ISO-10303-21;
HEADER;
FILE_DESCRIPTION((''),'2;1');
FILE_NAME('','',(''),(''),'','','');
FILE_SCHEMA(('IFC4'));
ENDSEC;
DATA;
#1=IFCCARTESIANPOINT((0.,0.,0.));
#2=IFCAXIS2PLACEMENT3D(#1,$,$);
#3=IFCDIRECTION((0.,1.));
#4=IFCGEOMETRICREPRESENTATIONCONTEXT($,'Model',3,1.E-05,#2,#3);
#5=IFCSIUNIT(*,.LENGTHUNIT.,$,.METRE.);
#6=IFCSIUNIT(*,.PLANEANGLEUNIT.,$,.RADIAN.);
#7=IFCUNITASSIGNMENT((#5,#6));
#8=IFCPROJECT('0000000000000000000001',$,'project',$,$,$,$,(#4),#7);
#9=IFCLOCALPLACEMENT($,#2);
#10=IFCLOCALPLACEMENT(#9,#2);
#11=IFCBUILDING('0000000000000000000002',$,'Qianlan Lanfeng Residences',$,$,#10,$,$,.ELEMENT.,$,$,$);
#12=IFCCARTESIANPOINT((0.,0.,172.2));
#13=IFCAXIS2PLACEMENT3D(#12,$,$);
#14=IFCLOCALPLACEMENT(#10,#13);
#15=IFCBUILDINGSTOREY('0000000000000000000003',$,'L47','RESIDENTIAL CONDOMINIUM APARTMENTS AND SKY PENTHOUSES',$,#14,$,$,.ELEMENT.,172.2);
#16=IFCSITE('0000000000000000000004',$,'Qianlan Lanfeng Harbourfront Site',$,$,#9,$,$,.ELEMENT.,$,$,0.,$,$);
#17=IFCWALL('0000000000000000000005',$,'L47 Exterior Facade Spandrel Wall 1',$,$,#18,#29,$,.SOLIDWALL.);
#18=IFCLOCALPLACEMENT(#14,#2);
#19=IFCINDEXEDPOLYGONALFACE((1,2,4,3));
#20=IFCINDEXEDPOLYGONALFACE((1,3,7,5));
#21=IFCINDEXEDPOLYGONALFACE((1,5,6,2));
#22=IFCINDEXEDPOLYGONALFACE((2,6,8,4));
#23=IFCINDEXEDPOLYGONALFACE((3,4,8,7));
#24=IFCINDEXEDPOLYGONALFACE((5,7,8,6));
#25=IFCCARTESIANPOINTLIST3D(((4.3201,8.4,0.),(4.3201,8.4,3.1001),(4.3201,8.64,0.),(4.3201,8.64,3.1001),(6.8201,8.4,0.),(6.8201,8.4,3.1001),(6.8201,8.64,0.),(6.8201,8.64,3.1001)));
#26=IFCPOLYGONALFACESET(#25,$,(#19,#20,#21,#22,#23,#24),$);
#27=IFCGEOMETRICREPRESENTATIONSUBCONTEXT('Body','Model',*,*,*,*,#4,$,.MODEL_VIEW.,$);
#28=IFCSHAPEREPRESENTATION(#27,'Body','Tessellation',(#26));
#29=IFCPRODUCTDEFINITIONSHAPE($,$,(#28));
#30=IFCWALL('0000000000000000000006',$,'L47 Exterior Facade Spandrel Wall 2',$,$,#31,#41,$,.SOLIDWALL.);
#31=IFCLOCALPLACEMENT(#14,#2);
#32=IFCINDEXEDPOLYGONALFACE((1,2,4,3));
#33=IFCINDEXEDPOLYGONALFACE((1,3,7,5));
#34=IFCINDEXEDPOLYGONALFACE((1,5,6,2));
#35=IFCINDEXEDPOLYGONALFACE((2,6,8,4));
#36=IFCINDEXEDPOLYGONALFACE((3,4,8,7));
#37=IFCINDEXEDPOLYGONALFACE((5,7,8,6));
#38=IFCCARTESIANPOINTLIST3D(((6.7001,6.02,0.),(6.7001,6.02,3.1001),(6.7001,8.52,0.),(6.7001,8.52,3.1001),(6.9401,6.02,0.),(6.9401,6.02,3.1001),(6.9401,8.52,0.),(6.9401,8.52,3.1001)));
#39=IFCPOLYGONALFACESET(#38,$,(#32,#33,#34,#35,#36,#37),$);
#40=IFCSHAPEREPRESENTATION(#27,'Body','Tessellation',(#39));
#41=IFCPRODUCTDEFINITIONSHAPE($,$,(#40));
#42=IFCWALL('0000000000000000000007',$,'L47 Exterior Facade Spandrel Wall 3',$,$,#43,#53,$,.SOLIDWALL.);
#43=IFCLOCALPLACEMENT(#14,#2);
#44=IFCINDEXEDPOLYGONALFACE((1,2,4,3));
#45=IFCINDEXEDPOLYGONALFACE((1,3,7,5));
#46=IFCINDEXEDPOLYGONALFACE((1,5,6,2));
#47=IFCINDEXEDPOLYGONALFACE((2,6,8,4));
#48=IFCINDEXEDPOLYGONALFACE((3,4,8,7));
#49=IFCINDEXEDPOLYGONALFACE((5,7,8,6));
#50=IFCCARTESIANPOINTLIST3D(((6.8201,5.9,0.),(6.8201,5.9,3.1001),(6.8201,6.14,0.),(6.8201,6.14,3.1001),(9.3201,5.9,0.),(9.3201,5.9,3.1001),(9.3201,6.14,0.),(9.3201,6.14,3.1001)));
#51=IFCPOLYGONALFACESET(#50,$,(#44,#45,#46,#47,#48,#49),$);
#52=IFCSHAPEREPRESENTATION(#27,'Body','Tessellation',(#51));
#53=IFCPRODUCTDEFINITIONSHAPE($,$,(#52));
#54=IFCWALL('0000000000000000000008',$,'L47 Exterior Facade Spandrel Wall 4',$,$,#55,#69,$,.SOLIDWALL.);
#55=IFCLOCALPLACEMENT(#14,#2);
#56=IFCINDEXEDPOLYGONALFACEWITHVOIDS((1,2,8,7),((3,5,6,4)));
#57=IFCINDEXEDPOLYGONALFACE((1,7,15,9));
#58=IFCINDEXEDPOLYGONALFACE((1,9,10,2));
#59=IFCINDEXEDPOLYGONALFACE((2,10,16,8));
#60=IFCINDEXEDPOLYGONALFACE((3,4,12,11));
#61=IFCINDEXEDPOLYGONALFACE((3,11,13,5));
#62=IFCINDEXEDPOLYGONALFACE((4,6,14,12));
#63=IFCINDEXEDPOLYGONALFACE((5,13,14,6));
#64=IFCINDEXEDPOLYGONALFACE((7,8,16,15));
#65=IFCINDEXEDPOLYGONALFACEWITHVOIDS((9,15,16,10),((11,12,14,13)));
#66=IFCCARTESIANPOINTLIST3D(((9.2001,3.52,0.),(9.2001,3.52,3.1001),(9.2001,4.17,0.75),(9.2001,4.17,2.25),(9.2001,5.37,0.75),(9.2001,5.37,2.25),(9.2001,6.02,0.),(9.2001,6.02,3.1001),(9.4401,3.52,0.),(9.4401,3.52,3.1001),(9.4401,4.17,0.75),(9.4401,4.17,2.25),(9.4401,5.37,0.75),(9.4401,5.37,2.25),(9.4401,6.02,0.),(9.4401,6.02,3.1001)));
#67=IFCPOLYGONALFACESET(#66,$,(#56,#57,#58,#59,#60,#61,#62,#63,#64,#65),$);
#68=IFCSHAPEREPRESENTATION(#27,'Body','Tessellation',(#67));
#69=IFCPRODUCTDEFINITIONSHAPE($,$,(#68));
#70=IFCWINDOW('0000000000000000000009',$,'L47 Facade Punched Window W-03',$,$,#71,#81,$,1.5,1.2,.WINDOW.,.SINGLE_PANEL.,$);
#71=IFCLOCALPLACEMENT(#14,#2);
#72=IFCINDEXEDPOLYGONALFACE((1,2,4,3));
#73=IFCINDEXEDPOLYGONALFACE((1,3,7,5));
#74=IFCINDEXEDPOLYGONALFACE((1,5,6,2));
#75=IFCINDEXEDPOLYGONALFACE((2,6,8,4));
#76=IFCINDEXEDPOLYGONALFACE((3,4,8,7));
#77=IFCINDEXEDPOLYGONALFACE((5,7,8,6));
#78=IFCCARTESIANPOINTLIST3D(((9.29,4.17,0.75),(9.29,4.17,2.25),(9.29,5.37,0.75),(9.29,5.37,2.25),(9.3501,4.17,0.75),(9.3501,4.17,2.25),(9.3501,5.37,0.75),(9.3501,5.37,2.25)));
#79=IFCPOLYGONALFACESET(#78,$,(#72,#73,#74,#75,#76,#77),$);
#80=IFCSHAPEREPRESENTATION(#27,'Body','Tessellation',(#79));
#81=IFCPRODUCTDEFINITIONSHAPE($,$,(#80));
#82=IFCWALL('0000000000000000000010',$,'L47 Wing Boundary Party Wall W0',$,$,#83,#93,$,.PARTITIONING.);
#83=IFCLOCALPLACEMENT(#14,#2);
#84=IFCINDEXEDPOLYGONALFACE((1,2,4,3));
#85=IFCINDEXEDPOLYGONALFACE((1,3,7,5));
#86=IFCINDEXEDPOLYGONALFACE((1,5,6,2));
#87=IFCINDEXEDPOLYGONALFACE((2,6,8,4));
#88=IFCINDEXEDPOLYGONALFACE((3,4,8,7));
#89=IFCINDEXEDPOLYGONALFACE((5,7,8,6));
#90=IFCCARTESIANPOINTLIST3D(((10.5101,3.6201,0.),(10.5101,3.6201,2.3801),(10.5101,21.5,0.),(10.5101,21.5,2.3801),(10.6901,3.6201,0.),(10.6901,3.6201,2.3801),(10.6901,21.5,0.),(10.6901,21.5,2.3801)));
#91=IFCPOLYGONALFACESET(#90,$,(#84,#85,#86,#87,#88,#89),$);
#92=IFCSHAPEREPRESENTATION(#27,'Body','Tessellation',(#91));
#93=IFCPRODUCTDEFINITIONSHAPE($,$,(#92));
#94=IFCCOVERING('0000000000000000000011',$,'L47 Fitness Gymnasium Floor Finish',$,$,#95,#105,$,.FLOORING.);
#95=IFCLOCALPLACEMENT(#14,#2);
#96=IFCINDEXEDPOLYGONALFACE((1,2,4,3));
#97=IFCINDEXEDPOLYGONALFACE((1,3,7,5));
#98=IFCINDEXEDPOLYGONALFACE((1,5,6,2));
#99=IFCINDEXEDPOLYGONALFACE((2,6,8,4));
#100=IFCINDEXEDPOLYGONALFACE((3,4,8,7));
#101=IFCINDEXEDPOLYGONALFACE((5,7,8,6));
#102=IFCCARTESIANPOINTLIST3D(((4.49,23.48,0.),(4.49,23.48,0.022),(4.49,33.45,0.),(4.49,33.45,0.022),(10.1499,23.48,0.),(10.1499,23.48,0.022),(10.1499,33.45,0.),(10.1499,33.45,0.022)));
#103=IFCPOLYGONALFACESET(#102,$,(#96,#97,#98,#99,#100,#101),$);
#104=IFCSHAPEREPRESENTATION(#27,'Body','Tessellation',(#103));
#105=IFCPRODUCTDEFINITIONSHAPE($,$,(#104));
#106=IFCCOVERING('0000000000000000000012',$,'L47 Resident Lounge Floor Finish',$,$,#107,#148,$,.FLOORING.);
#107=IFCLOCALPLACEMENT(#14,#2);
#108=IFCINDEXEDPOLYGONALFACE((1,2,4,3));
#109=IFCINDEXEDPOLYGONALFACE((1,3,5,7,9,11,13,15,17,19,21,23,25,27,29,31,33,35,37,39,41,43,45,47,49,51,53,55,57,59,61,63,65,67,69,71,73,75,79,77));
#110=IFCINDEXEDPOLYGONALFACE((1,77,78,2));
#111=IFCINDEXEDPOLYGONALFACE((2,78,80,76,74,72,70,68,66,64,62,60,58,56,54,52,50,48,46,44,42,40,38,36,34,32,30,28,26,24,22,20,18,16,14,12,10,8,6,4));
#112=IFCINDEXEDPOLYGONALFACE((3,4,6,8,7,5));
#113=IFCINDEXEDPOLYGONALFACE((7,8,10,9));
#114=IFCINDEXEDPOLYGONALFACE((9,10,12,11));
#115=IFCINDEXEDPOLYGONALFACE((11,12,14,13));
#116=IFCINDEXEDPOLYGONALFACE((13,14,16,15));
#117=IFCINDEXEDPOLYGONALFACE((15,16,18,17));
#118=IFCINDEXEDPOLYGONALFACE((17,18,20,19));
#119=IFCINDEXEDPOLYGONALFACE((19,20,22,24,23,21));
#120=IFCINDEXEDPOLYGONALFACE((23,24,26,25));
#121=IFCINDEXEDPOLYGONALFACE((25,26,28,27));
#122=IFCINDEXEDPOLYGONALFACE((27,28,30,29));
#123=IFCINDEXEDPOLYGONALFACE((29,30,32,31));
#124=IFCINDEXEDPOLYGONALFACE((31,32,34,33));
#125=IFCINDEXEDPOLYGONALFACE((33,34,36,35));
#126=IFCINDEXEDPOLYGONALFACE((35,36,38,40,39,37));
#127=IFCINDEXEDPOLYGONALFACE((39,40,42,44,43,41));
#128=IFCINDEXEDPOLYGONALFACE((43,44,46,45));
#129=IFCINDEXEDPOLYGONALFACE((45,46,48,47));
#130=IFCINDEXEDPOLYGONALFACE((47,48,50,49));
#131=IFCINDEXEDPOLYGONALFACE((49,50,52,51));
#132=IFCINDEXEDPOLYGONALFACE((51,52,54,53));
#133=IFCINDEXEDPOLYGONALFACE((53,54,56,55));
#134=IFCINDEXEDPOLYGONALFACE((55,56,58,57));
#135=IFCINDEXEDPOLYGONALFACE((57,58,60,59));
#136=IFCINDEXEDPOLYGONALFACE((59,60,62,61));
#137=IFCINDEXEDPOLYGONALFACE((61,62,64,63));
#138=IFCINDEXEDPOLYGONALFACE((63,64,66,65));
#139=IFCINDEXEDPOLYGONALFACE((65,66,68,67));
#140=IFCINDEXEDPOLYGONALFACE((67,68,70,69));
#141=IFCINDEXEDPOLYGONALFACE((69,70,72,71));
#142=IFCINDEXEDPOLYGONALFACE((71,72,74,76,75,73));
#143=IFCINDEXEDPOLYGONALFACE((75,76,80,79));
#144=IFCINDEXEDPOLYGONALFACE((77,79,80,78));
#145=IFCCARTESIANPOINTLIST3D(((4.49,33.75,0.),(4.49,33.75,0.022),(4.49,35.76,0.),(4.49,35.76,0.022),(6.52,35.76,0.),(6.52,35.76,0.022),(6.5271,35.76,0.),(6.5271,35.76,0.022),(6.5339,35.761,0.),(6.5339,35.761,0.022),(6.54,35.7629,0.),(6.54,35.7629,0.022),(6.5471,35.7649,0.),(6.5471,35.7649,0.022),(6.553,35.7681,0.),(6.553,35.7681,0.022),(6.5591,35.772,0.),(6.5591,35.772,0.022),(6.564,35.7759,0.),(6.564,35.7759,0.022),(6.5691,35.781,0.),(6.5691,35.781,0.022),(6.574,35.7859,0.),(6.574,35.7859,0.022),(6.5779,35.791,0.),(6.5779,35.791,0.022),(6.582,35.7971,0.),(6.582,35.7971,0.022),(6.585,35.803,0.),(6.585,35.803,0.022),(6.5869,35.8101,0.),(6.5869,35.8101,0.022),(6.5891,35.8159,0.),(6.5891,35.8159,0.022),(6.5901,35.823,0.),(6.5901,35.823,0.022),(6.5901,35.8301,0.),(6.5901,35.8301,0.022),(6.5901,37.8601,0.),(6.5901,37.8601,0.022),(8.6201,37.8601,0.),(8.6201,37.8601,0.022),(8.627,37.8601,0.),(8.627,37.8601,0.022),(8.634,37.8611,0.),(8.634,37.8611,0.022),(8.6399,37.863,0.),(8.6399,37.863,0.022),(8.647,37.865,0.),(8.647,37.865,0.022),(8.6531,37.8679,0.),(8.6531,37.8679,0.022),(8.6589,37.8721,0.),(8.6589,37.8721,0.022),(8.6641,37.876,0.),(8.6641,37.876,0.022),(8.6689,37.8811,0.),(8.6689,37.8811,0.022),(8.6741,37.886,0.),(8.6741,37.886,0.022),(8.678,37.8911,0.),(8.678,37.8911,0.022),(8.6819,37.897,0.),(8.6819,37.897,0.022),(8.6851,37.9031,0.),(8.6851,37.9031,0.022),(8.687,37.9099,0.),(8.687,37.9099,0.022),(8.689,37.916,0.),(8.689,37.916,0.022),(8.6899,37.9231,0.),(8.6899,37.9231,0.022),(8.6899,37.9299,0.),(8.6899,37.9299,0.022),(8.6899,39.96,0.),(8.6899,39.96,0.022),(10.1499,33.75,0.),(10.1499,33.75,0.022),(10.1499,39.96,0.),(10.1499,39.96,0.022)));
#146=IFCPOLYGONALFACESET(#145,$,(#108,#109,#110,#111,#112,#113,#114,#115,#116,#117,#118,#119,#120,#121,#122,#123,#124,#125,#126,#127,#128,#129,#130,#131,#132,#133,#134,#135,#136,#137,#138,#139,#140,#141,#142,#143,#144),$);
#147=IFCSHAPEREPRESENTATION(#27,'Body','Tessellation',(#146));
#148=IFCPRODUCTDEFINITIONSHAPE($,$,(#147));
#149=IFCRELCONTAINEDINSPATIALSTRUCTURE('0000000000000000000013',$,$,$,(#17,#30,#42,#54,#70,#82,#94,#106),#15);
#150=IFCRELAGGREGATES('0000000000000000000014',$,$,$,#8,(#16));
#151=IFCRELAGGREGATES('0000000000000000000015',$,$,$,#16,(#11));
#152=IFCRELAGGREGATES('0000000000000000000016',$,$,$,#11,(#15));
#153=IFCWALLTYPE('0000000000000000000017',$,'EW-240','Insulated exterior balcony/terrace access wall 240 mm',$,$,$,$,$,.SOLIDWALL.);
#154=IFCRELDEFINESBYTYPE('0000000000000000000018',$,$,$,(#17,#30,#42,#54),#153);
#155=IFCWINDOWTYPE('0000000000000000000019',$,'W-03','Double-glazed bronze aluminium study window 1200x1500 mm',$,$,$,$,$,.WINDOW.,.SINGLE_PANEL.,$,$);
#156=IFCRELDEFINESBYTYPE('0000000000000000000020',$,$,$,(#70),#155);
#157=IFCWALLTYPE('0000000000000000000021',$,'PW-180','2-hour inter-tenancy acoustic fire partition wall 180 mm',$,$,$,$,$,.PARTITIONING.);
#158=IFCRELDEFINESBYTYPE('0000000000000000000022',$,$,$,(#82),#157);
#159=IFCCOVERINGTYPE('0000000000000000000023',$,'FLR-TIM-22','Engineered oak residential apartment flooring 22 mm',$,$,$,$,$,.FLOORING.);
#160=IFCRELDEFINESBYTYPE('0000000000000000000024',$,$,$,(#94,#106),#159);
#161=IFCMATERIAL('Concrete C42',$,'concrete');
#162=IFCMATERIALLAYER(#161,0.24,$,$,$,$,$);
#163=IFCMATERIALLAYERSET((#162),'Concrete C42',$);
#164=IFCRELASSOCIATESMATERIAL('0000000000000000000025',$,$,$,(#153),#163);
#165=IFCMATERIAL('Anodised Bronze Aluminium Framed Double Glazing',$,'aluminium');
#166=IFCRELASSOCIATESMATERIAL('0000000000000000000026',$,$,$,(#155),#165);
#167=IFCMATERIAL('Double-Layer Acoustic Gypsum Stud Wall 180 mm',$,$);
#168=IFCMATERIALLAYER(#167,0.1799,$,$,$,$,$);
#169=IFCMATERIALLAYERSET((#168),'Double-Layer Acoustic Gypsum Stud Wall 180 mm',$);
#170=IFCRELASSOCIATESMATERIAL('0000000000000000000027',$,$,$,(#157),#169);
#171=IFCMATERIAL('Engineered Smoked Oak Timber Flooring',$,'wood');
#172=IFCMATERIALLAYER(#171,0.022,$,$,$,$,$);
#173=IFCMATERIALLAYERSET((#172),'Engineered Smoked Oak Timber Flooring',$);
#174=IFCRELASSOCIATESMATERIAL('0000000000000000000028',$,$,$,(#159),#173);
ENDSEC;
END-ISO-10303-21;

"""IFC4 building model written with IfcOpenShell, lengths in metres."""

from ifc_helpers import new_model, si_unit, direction, frame, frame_2d, origin, place, context, subcontext, project, spatial, polyline, rectangle, outline, extrude, material, layer, layer_set, type_object, element, fill, save


model = new_model("IFC4")

# Units and contexts
model_context = context("Model", 3, precision=1e-05, world=origin(), true_north=direction((0.0, 1.0)))
body_context = subcontext(model_context, "Body", "Model", "MODEL_VIEW")
ifc_project = project(units=[si_unit("LENGTHUNIT", "METRE"), si_unit("PLANEANGLEUNIT", "RADIAN")], contexts=[model_context])

# Site, building, storey
site_placement = place(None, origin())
site = spatial("IfcSite", under=ifc_project, at=site_placement, Name="Qianlan Lanfeng Harbourfront Site", CompositionType="ELEMENT", RefElevation=0.0)
building_placement = place(site_placement, origin())
building = spatial("IfcBuilding", under=site, at=building_placement, Name="Qianlan Lanfeng Residences", CompositionType="ELEMENT")
storey_placement = place(building_placement, frame((0.0, 0.0, 172.2)))
storey = spatial("IfcBuildingStorey", under=building, at=storey_placement, Name="L47", Description="RESIDENTIAL CONDOMINIUM APARTMENTS AND SKY PENTHOUSES", CompositionType="ELEMENT", Elevation=172.2)

# Walls
ifc_material_1 = material(Name="Concrete C42", Category="concrete")
ifc_layer_1 = layer(ifc_material_1, 0.24)
ifc_layer_set_1 = layer_set([ifc_layer_1], Name="Concrete C42")
wall_type_1 = type_object("IfcWallType", Name="EW-240", Description="Insulated exterior balcony/terrace access wall 240 mm", PredefinedType="SOLIDWALL", material=ifc_layer_set_1)
for number, where, z_axis, x_axis, name in (
    (1, (4.3201, 8.52, 0.0), (0.0, 0.0, 1.0), (1.0, 0.0, 0.0), "L47 Exterior Facade Spandrel Wall 1"),
    (2, (6.8201, 8.52, 0.0), (0.0, 0.0, 1.0), (0.0, -1.0, 0.0), "L47 Exterior Facade Spandrel Wall 2"),
    (3, (6.8201, 6.02, 0.0), (0.0, 0.0, 1.0), (1.0, 0.0, 0.0), "L47 Exterior Facade Spandrel Wall 3"),
):
    element("IfcWall", number, at=place(storey_placement, frame(where, z_axis=z_axis, x_axis=x_axis)), inside=storey, type_object=wall_type_1, Name=name, PredefinedType="SOLIDWALL", context=body_context, shape_type="SweptSolid", body=[
        extrude(rectangle(XDim=2.5, YDim=0.24, at=frame_2d((1.25, 0.0))), origin(), (0.0, 0.0, 1.0), 3.1001),
    ])

# Wall, opening, window
wall_1_placement = place(storey_placement, frame((9.3201, 6.02, 0.0), z_axis=(0.0, 0.0, 1.0), x_axis=(0.0, -1.0, 0.0)))
wall_1 = element("IfcWall", 4, at=wall_1_placement, inside=storey, type_object=wall_type_1, Name="L47 Exterior Facade Spandrel Wall 4", PredefinedType="SOLIDWALL", context=body_context, shape_type="SweptSolid", body=[
    extrude(rectangle(XDim=2.5, YDim=0.24, at=frame_2d((1.25, 0.0))), origin(), (0.0, 0.0, 1.0), 3.1001),
])
opening_placement = place(wall_1_placement, frame((0.6499, 0.0, 0.75)))
opening = element("IfcOpeningElement", 5, at=opening_placement, cuts=wall_1, PredefinedType="OPENING", context=body_context, shape_type="SweptSolid", body=[
    extrude(rectangle(XDim=1.2, YDim=1.5, at=frame_2d((0.6001, 0.75))), frame((0.0, 0.1299, 0.0), z_axis=(0.0, -1.0, 0.0), x_axis=(1.0, 0.0, 0.0)), (0.0, 0.0, 1.0), 0.26),
])
ifc_material_2 = material(Name="Anodised Bronze Aluminium Framed Double Glazing", Category="aluminium")
window_type = type_object("IfcWindowType", Name="W-03", Description="Double-glazed bronze aluminium study window 1200x1500 mm", PartitioningType="SINGLE_PANEL", PredefinedType="WINDOW", material=ifc_material_2)
window_placement = place(opening_placement, origin())
window = element("IfcWindow", 6, at=window_placement, inside=storey, type_object=window_type, Name="L47 Facade Punched Window W-03", OverallHeight=1.5, OverallWidth=1.2, PartitioningType="SINGLE_PANEL", PredefinedType="WINDOW", context=body_context, shape_type="SweptSolid", body=[
    extrude(rectangle(XDim=1.2, YDim=1.5, at=frame_2d((0.6001, 0.75))), frame((0.0, 0.03, 0.0), z_axis=(0.0, -1.0, 0.0), x_axis=(1.0, 0.0, 0.0)), (0.0, 0.0, 1.0), 0.0601),
])
fill(opening, window)

# Wall
ifc_material_3 = material(Name="Double-Layer Acoustic Gypsum Stud Wall 180 mm")
ifc_layer_2 = layer(ifc_material_3, 0.1799)
ifc_layer_set_2 = layer_set([ifc_layer_2], Name="Double-Layer Acoustic Gypsum Stud Wall 180 mm")
wall_type_2 = type_object("IfcWallType", Name="PW-180", Description="2-hour inter-tenancy acoustic fire partition wall 180 mm", PredefinedType="PARTITIONING", material=ifc_layer_set_2)
wall_2_placement = place(storey_placement, frame((10.6001, 3.6201, 0.0), z_axis=(0.0, 0.0, 1.0), x_axis=(0.0, 1.0, 0.0)))
element("IfcWall", 7, at=wall_2_placement, inside=storey, type_object=wall_type_2, Name="L47 Wing Boundary Party Wall W0", PredefinedType="PARTITIONING", context=body_context, shape_type="SweptSolid", body=[
    extrude(rectangle(XDim=17.8799, YDim=0.1799, at=frame_2d((8.9399, 0.0))), origin(), (0.0, 0.0, 1.0), 2.3801),
])

# Coverings
ifc_material_4 = material(Name="Engineered Smoked Oak Timber Flooring", Category="wood")
ifc_layer_3 = layer(ifc_material_4, 0.022)
ifc_layer_set_3 = layer_set([ifc_layer_3], Name="Engineered Smoked Oak Timber Flooring")
covering_type = type_object("IfcCoveringType", Name="FLR-TIM-22", Description="Engineered oak residential apartment flooring 22 mm", PredefinedType="FLOORING", material=ifc_layer_set_3)
covering_1_placement = place(storey_placement, origin())
element("IfcCovering", 8, at=covering_1_placement, inside=storey, type_object=covering_type, Name="L47 Fitness Gymnasium Floor Finish", PredefinedType="FLOORING", context=body_context, shape_type="SweptSolid", body=[
    extrude(outline(polyline([(10.1499, 33.45), (4.49, 33.45), (4.49, 23.48), (10.1499, 23.48), (10.1499, 33.45)])), origin(), (0.0, 0.0, 1.0), 0.022),
])
covering_2_placement = place(storey_placement, origin())
element("IfcCovering", 9, at=covering_2_placement, inside=storey, type_object=covering_type, Name="L47 Resident Lounge Floor Finish", PredefinedType="FLOORING", context=body_context, shape_type="SweptSolid", body=[
    extrude(outline(polyline([(4.49, 33.75), (10.1499, 33.75), (10.1499, 39.96), (8.6899, 39.96), (8.6899, 37.9299), (8.6899, 37.9231), (8.689, 37.916), (8.687, 37.9099), (8.6851, 37.9031), (8.6819, 37.897), (8.678, 37.8911), (8.6741, 37.886), (8.6689, 37.8811), (8.6641, 37.876), (8.6589, 37.8721), (8.6531, 37.8679), (8.647, 37.865), (8.6399, 37.863), (8.634, 37.8611), (8.627, 37.8601), (8.6201, 37.8601), (6.5901, 37.8601), (6.5901, 35.8301), (6.5901, 35.823), (6.5891, 35.8159), (6.5869, 35.8101), (6.585, 35.803), (6.582, 35.7971), (6.5779, 35.791), (6.574, 35.7859), (6.5691, 35.781), (6.564, 35.7759), (6.5591, 35.772), (6.553, 35.7681), (6.5471, 35.7649), (6.54, 35.7629), (6.5339, 35.761), (6.5271, 35.76), (6.52, 35.76), (4.49, 35.76), (4.49, 33.75)])), origin(), (0.0, 0.0, 1.0), 0.022),
])

save(model, "model.ifc")
